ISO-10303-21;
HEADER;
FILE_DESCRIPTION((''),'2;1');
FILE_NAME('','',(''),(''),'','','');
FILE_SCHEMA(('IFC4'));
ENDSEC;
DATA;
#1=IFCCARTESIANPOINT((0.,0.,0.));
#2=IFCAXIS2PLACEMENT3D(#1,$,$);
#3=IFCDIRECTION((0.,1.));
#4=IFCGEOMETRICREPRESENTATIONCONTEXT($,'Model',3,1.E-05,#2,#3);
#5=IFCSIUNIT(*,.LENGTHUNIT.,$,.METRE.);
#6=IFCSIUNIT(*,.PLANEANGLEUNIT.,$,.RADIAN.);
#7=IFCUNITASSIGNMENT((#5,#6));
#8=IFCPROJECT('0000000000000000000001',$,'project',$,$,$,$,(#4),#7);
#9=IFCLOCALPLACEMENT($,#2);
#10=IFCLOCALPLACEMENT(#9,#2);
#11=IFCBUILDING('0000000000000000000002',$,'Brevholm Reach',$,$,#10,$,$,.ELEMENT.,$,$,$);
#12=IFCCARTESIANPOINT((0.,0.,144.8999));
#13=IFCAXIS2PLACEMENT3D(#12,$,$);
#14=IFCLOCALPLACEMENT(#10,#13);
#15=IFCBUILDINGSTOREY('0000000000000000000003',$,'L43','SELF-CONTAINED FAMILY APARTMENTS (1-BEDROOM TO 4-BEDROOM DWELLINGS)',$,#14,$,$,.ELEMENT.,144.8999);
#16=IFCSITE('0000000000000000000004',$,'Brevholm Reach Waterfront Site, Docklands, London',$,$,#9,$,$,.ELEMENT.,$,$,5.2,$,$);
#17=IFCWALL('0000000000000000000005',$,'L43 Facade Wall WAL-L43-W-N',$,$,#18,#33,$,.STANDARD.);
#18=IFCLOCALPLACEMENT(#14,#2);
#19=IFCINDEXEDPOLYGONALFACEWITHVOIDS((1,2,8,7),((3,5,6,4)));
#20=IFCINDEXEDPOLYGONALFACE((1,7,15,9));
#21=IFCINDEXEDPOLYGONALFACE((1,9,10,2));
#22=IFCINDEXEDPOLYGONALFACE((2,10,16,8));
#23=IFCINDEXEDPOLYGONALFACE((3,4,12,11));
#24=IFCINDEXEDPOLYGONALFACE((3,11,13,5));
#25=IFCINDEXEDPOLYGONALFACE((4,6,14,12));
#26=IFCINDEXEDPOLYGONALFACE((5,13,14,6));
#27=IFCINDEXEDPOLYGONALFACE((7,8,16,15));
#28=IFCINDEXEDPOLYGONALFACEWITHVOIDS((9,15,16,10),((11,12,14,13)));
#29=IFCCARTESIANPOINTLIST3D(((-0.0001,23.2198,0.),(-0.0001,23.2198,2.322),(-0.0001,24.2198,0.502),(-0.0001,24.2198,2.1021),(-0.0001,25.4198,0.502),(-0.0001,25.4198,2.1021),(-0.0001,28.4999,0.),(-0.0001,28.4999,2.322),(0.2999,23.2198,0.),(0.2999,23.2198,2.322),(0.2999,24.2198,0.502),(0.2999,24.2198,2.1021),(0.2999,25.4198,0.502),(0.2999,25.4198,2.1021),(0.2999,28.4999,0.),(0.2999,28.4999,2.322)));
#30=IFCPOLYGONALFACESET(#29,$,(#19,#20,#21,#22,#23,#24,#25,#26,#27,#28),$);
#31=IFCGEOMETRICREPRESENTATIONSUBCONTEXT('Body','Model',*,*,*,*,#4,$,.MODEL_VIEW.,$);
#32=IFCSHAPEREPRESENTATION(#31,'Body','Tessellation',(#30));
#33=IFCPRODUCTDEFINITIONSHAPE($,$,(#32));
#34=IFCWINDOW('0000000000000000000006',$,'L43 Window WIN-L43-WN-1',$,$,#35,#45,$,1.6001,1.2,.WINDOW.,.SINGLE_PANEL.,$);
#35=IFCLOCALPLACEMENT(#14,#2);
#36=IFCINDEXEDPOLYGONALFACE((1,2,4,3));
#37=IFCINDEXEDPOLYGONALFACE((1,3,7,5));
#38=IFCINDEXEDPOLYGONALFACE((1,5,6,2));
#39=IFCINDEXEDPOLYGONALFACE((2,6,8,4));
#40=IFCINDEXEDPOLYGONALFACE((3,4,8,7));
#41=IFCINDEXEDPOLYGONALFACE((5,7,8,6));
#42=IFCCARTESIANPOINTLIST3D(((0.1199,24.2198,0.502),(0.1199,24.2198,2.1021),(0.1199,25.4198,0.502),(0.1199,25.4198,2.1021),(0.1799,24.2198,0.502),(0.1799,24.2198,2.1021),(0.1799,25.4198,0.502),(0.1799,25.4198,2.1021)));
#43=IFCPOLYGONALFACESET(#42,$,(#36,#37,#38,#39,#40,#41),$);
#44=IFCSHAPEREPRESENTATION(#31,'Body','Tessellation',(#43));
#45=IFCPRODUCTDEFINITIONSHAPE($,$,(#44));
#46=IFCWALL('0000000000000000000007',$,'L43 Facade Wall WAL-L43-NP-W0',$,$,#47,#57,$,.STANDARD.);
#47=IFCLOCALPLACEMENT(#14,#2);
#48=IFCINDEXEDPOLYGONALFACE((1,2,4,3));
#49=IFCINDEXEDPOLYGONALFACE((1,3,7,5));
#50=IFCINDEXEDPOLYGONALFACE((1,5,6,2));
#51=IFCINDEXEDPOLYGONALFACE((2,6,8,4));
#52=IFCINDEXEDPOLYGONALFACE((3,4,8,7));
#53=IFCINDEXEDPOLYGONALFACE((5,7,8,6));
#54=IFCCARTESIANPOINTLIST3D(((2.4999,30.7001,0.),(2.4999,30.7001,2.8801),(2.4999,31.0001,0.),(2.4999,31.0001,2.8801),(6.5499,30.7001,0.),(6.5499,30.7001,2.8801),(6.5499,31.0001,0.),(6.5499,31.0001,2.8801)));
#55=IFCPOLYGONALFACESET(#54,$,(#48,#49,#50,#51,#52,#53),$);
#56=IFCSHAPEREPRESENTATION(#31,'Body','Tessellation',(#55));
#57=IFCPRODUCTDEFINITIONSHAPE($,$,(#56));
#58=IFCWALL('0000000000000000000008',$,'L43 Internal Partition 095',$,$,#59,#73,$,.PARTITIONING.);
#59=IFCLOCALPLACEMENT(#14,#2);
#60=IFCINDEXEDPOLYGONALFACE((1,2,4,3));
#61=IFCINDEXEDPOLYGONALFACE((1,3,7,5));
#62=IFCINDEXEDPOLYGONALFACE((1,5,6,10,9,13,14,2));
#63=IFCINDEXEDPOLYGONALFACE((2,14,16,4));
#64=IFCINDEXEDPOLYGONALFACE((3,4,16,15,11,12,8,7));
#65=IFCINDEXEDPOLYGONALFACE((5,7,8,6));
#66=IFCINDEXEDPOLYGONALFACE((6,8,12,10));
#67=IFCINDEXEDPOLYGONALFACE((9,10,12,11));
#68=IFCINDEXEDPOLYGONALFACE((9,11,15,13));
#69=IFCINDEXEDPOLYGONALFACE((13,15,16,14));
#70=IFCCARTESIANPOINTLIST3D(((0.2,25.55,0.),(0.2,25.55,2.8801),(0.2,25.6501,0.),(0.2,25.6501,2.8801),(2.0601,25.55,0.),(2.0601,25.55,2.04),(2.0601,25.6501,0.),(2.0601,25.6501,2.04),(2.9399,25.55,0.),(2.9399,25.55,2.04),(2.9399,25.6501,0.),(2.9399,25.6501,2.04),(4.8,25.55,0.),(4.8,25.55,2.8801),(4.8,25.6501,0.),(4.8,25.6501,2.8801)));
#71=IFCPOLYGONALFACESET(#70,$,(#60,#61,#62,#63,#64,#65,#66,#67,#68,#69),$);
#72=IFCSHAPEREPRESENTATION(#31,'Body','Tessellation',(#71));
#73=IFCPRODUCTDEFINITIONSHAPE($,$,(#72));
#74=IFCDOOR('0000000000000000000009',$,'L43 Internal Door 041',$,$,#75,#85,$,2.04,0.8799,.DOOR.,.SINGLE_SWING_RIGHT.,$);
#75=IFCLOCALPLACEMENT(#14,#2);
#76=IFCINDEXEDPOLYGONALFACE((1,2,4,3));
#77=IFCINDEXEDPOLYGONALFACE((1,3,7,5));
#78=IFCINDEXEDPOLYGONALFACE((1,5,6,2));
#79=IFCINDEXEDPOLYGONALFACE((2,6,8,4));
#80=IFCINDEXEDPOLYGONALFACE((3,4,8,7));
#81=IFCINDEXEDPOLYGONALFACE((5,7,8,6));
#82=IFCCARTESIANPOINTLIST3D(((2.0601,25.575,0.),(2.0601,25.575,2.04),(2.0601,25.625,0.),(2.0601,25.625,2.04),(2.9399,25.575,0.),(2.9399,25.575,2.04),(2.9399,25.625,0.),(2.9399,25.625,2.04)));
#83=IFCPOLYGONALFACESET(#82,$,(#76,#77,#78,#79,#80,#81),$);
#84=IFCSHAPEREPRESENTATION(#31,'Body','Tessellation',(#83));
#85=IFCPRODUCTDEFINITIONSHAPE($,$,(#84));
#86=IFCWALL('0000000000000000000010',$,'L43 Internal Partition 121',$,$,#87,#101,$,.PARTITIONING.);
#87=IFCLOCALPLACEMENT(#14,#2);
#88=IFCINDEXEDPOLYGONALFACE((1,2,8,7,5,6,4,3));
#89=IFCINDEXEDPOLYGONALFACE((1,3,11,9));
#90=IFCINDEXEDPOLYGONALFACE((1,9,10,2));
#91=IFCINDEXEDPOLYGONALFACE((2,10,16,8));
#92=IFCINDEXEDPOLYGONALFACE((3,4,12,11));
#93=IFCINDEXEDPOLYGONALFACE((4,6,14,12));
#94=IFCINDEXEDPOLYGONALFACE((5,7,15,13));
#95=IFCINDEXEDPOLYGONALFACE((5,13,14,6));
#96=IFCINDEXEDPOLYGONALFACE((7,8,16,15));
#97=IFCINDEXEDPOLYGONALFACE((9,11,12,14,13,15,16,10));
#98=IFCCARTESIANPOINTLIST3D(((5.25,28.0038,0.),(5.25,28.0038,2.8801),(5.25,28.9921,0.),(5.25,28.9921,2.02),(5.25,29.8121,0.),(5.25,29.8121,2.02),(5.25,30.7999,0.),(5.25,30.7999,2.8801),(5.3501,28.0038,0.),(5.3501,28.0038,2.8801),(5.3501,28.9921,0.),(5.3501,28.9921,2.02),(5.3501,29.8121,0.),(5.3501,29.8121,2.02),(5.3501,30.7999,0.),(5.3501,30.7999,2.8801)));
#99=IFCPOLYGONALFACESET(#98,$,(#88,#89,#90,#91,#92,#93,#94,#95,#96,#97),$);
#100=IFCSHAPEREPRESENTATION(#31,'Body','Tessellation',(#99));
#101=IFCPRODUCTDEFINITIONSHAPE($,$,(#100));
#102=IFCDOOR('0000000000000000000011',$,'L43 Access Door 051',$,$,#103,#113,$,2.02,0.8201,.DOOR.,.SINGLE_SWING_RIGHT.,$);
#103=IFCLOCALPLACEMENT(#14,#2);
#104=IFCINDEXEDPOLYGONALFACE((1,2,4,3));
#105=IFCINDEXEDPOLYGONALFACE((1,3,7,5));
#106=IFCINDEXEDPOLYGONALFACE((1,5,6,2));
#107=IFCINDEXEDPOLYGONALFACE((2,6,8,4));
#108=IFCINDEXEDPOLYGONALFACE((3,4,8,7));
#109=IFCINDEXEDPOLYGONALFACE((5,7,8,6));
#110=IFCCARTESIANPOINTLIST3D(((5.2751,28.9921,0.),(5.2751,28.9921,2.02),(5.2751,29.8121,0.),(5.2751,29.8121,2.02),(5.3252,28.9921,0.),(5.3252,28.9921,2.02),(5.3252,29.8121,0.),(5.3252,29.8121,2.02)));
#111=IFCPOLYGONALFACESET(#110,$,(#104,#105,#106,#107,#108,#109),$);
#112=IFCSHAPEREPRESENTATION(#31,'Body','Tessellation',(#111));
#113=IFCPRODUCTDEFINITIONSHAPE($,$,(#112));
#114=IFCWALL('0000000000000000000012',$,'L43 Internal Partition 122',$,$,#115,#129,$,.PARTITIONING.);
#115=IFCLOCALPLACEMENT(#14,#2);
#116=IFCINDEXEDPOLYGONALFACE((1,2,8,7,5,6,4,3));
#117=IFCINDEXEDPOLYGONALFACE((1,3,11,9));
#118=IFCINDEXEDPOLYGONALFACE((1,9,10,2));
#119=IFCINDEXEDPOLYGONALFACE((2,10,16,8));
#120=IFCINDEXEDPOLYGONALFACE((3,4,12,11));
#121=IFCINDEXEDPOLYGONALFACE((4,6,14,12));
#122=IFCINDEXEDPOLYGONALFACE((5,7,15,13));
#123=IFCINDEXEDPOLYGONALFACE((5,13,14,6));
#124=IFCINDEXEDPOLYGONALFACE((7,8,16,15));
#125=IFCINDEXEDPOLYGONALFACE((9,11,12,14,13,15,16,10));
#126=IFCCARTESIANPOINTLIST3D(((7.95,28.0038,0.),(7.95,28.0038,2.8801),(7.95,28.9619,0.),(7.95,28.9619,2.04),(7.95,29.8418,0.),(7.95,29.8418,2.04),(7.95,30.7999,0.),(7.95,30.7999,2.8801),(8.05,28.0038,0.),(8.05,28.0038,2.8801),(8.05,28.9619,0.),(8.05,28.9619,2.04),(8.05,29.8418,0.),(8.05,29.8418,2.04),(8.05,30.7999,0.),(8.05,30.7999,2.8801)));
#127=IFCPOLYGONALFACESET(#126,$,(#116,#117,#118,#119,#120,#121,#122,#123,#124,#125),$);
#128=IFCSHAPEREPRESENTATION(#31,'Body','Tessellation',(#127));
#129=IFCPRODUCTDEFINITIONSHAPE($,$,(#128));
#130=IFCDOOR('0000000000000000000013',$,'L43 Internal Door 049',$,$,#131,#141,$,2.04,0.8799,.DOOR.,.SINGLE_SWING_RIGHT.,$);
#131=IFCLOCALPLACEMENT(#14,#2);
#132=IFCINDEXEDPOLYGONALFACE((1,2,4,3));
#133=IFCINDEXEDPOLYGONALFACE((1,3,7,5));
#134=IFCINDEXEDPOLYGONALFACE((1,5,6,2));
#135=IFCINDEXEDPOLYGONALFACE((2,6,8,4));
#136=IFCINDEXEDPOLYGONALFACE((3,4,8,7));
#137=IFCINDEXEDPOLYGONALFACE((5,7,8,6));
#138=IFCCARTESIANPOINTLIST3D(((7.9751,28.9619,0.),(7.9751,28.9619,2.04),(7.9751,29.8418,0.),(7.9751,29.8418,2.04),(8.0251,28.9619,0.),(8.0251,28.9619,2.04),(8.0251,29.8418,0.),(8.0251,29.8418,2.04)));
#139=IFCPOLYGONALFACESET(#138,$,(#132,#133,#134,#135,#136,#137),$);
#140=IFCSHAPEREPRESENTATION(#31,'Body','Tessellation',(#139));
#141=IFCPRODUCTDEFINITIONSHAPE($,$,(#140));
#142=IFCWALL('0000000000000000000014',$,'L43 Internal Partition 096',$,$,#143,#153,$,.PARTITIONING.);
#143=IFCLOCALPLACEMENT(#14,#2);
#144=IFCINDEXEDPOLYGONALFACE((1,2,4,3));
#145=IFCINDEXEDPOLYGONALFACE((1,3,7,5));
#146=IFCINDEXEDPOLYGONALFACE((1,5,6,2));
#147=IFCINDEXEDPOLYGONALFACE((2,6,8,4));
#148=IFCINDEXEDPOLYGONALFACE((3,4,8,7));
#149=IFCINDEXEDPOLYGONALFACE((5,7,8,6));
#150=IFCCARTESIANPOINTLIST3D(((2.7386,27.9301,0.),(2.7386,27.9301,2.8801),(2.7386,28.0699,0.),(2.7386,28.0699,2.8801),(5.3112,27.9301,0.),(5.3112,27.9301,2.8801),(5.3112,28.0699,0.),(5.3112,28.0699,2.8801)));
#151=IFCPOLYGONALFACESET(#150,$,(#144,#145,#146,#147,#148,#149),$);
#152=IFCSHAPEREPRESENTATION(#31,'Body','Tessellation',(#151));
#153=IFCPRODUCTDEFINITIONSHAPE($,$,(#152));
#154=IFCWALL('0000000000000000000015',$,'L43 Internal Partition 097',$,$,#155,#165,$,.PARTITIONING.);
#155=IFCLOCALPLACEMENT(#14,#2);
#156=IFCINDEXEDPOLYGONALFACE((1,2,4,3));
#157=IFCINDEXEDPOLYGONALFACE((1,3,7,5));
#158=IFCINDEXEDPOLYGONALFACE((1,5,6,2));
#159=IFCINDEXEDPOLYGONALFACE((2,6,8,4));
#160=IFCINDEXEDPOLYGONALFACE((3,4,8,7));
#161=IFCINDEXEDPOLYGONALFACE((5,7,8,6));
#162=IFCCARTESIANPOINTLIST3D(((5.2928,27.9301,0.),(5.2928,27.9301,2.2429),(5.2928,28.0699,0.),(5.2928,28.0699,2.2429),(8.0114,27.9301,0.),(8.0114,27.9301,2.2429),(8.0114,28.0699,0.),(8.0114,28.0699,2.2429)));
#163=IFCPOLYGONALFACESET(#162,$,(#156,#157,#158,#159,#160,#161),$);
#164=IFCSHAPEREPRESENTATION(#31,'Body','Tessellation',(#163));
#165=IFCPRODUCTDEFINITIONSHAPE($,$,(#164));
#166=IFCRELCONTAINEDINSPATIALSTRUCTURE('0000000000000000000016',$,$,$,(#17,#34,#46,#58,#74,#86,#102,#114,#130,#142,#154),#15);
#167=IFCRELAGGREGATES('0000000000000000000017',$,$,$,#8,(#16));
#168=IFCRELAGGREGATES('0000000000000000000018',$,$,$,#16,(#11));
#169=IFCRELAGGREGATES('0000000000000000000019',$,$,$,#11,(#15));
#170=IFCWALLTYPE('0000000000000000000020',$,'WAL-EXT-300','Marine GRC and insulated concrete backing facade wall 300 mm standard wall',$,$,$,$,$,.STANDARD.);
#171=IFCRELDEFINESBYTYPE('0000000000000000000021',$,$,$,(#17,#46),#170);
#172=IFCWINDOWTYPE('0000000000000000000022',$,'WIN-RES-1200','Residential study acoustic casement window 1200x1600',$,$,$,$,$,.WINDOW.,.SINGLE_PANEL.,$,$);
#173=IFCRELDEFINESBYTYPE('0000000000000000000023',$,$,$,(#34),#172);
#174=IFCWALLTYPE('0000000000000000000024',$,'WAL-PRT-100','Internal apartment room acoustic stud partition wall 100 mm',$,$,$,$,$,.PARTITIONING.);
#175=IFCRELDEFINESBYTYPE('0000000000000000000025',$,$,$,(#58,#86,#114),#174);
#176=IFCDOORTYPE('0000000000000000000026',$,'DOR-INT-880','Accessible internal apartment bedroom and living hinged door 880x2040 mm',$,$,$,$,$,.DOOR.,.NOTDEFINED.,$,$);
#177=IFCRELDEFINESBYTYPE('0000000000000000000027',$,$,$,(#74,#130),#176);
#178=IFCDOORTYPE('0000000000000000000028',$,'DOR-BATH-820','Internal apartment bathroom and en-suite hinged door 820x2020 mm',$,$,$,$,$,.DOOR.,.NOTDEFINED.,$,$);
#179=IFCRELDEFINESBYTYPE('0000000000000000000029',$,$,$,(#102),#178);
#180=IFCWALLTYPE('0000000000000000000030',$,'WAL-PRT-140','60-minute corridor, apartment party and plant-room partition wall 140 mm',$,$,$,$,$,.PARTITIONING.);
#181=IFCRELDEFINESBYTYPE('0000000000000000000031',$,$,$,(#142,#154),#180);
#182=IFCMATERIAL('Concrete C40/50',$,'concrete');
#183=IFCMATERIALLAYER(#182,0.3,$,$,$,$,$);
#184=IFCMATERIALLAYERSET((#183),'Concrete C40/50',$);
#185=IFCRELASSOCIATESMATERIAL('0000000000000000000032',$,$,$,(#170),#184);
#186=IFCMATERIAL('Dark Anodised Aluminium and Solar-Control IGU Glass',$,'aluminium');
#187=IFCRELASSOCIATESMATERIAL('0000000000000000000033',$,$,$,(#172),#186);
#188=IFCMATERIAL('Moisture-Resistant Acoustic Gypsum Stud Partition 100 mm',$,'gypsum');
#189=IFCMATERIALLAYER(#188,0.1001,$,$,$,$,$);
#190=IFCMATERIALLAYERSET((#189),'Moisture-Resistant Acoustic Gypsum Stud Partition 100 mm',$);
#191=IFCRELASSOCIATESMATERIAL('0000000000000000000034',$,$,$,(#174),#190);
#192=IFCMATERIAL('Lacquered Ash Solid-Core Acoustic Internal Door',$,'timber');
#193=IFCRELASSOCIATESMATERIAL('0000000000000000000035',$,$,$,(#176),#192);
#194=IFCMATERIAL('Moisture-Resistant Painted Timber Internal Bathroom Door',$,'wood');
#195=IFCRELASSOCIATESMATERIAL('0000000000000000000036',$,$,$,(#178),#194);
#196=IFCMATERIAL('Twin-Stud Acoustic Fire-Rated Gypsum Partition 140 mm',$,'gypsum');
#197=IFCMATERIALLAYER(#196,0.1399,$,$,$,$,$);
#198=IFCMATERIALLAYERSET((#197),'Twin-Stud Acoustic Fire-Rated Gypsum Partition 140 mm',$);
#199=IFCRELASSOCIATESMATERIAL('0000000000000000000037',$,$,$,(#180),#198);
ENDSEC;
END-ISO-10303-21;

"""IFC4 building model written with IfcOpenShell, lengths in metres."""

from ifc_helpers import new_model, si_unit, direction, frame, frame_2d, origin, place, context, subcontext, project, spatial, rectangle, extrude, material, layer, layer_set, type_object, element, fill, save


model = new_model("IFC4")

# Units and contexts
model_context = context("Model", 3, precision=1e-05, world=origin(), true_north=direction((0.0, 1.0)))
body_context = subcontext(model_context, "Body", "Model", "MODEL_VIEW")
ifc_project = project(units=[si_unit("LENGTHUNIT", "METRE"), si_unit("PLANEANGLEUNIT", "RADIAN")], contexts=[model_context])

# Site, building, storey
site_placement = place(None, origin())
site = spatial("IfcSite", under=ifc_project, at=site_placement, Name="Brevholm Reach Waterfront Site, Docklands, London", CompositionType="ELEMENT", RefElevation=5.2)
building_placement = place(site_placement, origin())
building = spatial("IfcBuilding", under=site, at=building_placement, Name="Brevholm Reach", CompositionType="ELEMENT")
storey_placement = place(building_placement, frame((0.0, 0.0, 144.8999)))
storey = spatial("IfcBuildingStorey", under=building, at=storey_placement, Name="L43", Description="SELF-CONTAINED FAMILY APARTMENTS (1-BEDROOM TO 4-BEDROOM DWELLINGS)", CompositionType="ELEMENT", Elevation=144.8999)

# Shared definitions
ifc_material_1 = material(Name="Concrete C40/50", Category="concrete")
ifc_layer_1 = layer(ifc_material_1, 0.3)
ifc_layer_set_1 = layer_set([ifc_layer_1], Name="Concrete C40/50")
wall_type_1 = type_object("IfcWallType", Name="WAL-EXT-300", Description="Marine GRC and insulated concrete backing facade wall 300 mm standard wall", PredefinedType="STANDARD", material=ifc_layer_set_1)

# Wall, opening, window
wall_1_placement = place(storey_placement, frame((0.1499, 28.5, 0.0), z_axis=(0.0, 0.0, 1.0), x_axis=(0.0, -1.0, 0.0)))
wall_1 = element("IfcWall", 1, at=wall_1_placement, inside=storey, type_object=wall_type_1, Name="L43 Facade Wall WAL-L43-W-N", PredefinedType="STANDARD", context=body_context, shape_type="SweptSolid", body=[
    extrude(rectangle(XDim=5.28, YDim=0.3, at=frame_2d((2.6401, 0.0))), origin(), (0.0, 0.0, 1.0), 2.322),
])
opening_1_placement = place(wall_1_placement, frame((3.0801, 0.0, 0.502)))
opening_1 = element("IfcOpeningElement", 2, at=opening_1_placement, cuts=wall_1, PredefinedType="OPENING", context=body_context, shape_type="SweptSolid", body=[
    extrude(rectangle(XDim=1.2, YDim=1.6001, at=frame_2d((0.6001, 0.8))), frame((0.0, 0.1599, 0.0), z_axis=(0.0, -1.0, 0.0), x_axis=(1.0, 0.0, 0.0)), (0.0, 0.0, 1.0), 0.3201),
])
ifc_material_2 = material(Name="Dark Anodised Aluminium and Solar-Control IGU Glass", Category="aluminium")
window_type = type_object("IfcWindowType", Name="WIN-RES-1200", Description="Residential study acoustic casement window 1200x1600", PartitioningType="SINGLE_PANEL", PredefinedType="WINDOW", material=ifc_material_2)
window_placement = place(opening_1_placement, origin())
window = element("IfcWindow", 3, at=window_placement, inside=storey, type_object=window_type, Name="L43 Window WIN-L43-WN-1", OverallHeight=1.6001, OverallWidth=1.2, PartitioningType="SINGLE_PANEL", PredefinedType="WINDOW", context=body_context, shape_type="SweptSolid", body=[
    extrude(rectangle(XDim=1.2, YDim=1.6001, at=frame_2d((0.6001, 0.8))), frame((0.0, 0.03, 0.0), z_axis=(0.0, -1.0, 0.0), x_axis=(1.0, 0.0, 0.0)), (0.0, 0.0, 1.0), 0.0601),
])
fill(opening_1, window)

# Wall
wall_2_placement = place(storey_placement, frame((2.5, 30.8501, 0.0), z_axis=(0.0, 0.0, 1.0), x_axis=(1.0, 0.0, 0.0)))
element("IfcWall", 4, at=wall_2_placement, inside=storey, type_object=wall_type_1, Name="L43 Facade Wall WAL-L43-NP-W0", PredefinedType="STANDARD", context=body_context, shape_type="SweptSolid", body=[
    extrude(rectangle(XDim=4.05, YDim=0.3, at=frame_2d((2.0249, 0.0))), origin(), (0.0, 0.0, 1.0), 2.8801),
])

# Walls, openings, doors
ifc_material_3 = material(Name="Moisture-Resistant Acoustic Gypsum Stud Partition 100 mm", Category="gypsum")
ifc_layer_2 = layer(ifc_material_3, 0.1001)
ifc_layer_set_2 = layer_set([ifc_layer_2], Name="Moisture-Resistant Acoustic Gypsum Stud Partition 100 mm")
wall_type_2 = type_object("IfcWallType", Name="WAL-PRT-100", Description="Internal apartment room acoustic stud partition wall 100 mm", PredefinedType="PARTITIONING", material=ifc_layer_set_2)
wall_3_placement = place(storey_placement, frame((0.2, 25.6001, 0.0), z_axis=(0.0, 0.0, 1.0), x_axis=(1.0, 0.0, 0.0)))
wall_3 = element("IfcWall", 5, at=wall_3_placement, inside=storey, type_object=wall_type_2, Name="L43 Internal Partition 095", PredefinedType="PARTITIONING", context=body_context, shape_type="SweptSolid", body=[
    extrude(rectangle(XDim=4.6001, YDim=0.1001, at=frame_2d((2.3, 0.0))), origin(), (0.0, 0.0, 1.0), 2.8801),
])
opening_2_placement = place(wall_3_placement, frame((1.8601, 0.0, 0.0)))
opening_2 = element("IfcOpeningElement", 6, at=opening_2_placement, cuts=wall_3, PredefinedType="OPENING", context=body_context, shape_type="SweptSolid", body=[
    extrude(rectangle(XDim=0.8799, YDim=2.04, at=frame_2d((0.4399, 1.02))), frame((0.0, 0.0601, 0.0), z_axis=(0.0, -1.0, 0.0), x_axis=(1.0, 0.0, 0.0)), (0.0, 0.0, 1.0), 0.1201),
])
ifc_material_4 = material(Name="Lacquered Ash Solid-Core Acoustic Internal Door", Category="timber")
door_type_1 = type_object("IfcDoorType", Name="DOR-INT-880", Description="Accessible internal apartment bedroom and living hinged door 880x2040 mm", OperationType="NOTDEFINED", PredefinedType="DOOR", material=ifc_material_4)
door_1_placement = place(opening_2_placement, origin())
door_1 = element("IfcDoor", 7, at=door_1_placement, inside=storey, type_object=door_type_1, Name="L43 Internal Door 041", OperationType="SINGLE_SWING_RIGHT", OverallHeight=2.04, OverallWidth=0.8799, PredefinedType="DOOR", context=body_context, shape_type="SweptSolid", body=[
    extrude(rectangle(XDim=0.8799, YDim=2.04, at=frame_2d((0.4399, 1.02))), frame((0.0, 0.0249, 0.0), z_axis=(0.0, -1.0, 0.0), x_axis=(1.0, 0.0, 0.0)), (0.0, 0.0, 1.0), 0.05),
])
fill(opening_2, door_1)
wall_4_placement = place(storey_placement, frame((5.3, 28.0039, 0.0), z_axis=(0.0, 0.0, 1.0), x_axis=(0.0, 1.0, 0.0)))
wall_4 = element("IfcWall", 8, at=wall_4_placement, inside=storey, type_object=wall_type_2, Name="L43 Internal Partition 121", PredefinedType="PARTITIONING", context=body_context, shape_type="SweptSolid", body=[
    extrude(rectangle(XDim=2.7961, YDim=0.1001, at=frame_2d((1.3979, 0.0))), origin(), (0.0, 0.0, 1.0), 2.8801),
])
opening_3_placement = place(wall_4_placement, frame((0.988, 0.0, 0.0)))
opening_3 = element("IfcOpeningElement", 9, at=opening_3_placement, cuts=wall_4, PredefinedType="OPENING", context=body_context, shape_type="SweptSolid", body=[
    extrude(rectangle(XDim=0.8201, YDim=2.02, at=frame_2d((0.4102, 1.01))), frame((0.0, 0.0601, 0.0), z_axis=(0.0, -1.0, 0.0), x_axis=(1.0, 0.0, 0.0)), (0.0, 0.0, 1.0), 0.1201),
])
ifc_material_5 = material(Name="Moisture-Resistant Painted Timber Internal Bathroom Door", Category="wood")
door_type_2 = type_object("IfcDoorType", Name="DOR-BATH-820", Description="Internal apartment bathroom and en-suite hinged door 820x2020 mm", OperationType="NOTDEFINED", PredefinedType="DOOR", material=ifc_material_5)
door_2_placement = place(opening_3_placement, origin())
door_2 = element("IfcDoor", 10, at=door_2_placement, inside=storey, type_object=door_type_2, Name="L43 Access Door 051", OperationType="SINGLE_SWING_RIGHT", OverallHeight=2.02, OverallWidth=0.8201, PredefinedType="DOOR", context=body_context, shape_type="SweptSolid", body=[
    extrude(rectangle(XDim=0.8201, YDim=2.02, at=frame_2d((0.4102, 1.01))), frame((0.0, 0.0249, 0.0), z_axis=(0.0, -1.0, 0.0), x_axis=(1.0, 0.0, 0.0)), (0.0, 0.0, 1.0), 0.05),
])
fill(opening_3, door_2)
wall_5_placement = place(storey_placement, frame((8.0, 28.0039, 0.0), z_axis=(0.0, 0.0, 1.0), x_axis=(0.0, 1.0, 0.0)))
wall_5 = element("IfcWall", 11, at=wall_5_placement, inside=storey, type_object=wall_type_2, Name="L43 Internal Partition 122", PredefinedType="PARTITIONING", context=body_context, shape_type="SweptSolid", body=[
    extrude(rectangle(XDim=2.7961, YDim=0.1001, at=frame_2d((1.3979, 0.0))), origin(), (0.0, 0.0, 1.0), 2.8801),
])
opening_4_placement = place(wall_5_placement, frame((0.958, 0.0, 0.0)))
opening_4 = element("IfcOpeningElement", 12, at=opening_4_placement, cuts=wall_5, PredefinedType="OPENING", context=body_context, shape_type="SweptSolid", body=[
    extrude(rectangle(XDim=0.8799, YDim=2.04, at=frame_2d((0.4399, 1.02))), frame((0.0, 0.0601, 0.0), z_axis=(0.0, -1.0, 0.0), x_axis=(1.0, 0.0, 0.0)), (0.0, 0.0, 1.0), 0.1201),
])
door_3_placement = place(opening_4_placement, origin())
door_3 = element("IfcDoor", 13, at=door_3_placement, inside=storey, type_object=door_type_1, Name="L43 Internal Door 049", OperationType="SINGLE_SWING_RIGHT", OverallHeight=2.04, OverallWidth=0.8799, PredefinedType="DOOR", context=body_context, shape_type="SweptSolid", body=[
    extrude(rectangle(XDim=0.8799, YDim=2.04, at=frame_2d((0.4399, 1.02))), frame((0.0, 0.0249, 0.0), z_axis=(0.0, -1.0, 0.0), x_axis=(1.0, 0.0, 0.0)), (0.0, 0.0, 1.0), 0.05),
])
fill(opening_4, door_3)

# Walls
ifc_material_6 = material(Name="Twin-Stud Acoustic Fire-Rated Gypsum Partition 140 mm", Category="gypsum")
ifc_layer_3 = layer(ifc_material_6, 0.1399)
ifc_layer_set_3 = layer_set([ifc_layer_3], Name="Twin-Stud Acoustic Fire-Rated Gypsum Partition 140 mm")
wall_type_3 = type_object("IfcWallType", Name="WAL-PRT-140", Description="60-minute corridor, apartment party and plant-room partition wall 140 mm", PredefinedType="PARTITIONING", material=ifc_layer_set_3)
wall_6_placement = place(storey_placement, frame((2.7388, 28.0, 0.0), z_axis=(0.0, 0.0, 1.0), x_axis=(1.0, 0.0, 0.0)))
element("IfcWall", 14, at=wall_6_placement, inside=storey, type_object=wall_type_3, Name="L43 Internal Partition 096", PredefinedType="PARTITIONING", context=body_context, shape_type="SweptSolid", body=[
    extrude(rectangle(XDim=2.5725, YDim=0.1399, at=frame_2d((1.2861, 0.0))), origin(), (0.0, 0.0, 1.0), 2.8801),
])
wall_7_placement = place(storey_placement, frame((5.2927, 28.0, 0.0), z_axis=(0.0, 0.0, 1.0), x_axis=(1.0, 0.0, 0.0)))
element("IfcWall", 15, at=wall_7_placement, inside=storey, type_object=wall_type_3, Name="L43 Internal Partition 097", PredefinedType="PARTITIONING", context=body_context, shape_type="SweptSolid", body=[
    extrude(rectangle(XDim=2.7185, YDim=0.1399, at=frame_2d((1.3594, 0.0))), origin(), (0.0, 0.0, 1.0), 2.2429),
])

save(model, "model.ifc")
